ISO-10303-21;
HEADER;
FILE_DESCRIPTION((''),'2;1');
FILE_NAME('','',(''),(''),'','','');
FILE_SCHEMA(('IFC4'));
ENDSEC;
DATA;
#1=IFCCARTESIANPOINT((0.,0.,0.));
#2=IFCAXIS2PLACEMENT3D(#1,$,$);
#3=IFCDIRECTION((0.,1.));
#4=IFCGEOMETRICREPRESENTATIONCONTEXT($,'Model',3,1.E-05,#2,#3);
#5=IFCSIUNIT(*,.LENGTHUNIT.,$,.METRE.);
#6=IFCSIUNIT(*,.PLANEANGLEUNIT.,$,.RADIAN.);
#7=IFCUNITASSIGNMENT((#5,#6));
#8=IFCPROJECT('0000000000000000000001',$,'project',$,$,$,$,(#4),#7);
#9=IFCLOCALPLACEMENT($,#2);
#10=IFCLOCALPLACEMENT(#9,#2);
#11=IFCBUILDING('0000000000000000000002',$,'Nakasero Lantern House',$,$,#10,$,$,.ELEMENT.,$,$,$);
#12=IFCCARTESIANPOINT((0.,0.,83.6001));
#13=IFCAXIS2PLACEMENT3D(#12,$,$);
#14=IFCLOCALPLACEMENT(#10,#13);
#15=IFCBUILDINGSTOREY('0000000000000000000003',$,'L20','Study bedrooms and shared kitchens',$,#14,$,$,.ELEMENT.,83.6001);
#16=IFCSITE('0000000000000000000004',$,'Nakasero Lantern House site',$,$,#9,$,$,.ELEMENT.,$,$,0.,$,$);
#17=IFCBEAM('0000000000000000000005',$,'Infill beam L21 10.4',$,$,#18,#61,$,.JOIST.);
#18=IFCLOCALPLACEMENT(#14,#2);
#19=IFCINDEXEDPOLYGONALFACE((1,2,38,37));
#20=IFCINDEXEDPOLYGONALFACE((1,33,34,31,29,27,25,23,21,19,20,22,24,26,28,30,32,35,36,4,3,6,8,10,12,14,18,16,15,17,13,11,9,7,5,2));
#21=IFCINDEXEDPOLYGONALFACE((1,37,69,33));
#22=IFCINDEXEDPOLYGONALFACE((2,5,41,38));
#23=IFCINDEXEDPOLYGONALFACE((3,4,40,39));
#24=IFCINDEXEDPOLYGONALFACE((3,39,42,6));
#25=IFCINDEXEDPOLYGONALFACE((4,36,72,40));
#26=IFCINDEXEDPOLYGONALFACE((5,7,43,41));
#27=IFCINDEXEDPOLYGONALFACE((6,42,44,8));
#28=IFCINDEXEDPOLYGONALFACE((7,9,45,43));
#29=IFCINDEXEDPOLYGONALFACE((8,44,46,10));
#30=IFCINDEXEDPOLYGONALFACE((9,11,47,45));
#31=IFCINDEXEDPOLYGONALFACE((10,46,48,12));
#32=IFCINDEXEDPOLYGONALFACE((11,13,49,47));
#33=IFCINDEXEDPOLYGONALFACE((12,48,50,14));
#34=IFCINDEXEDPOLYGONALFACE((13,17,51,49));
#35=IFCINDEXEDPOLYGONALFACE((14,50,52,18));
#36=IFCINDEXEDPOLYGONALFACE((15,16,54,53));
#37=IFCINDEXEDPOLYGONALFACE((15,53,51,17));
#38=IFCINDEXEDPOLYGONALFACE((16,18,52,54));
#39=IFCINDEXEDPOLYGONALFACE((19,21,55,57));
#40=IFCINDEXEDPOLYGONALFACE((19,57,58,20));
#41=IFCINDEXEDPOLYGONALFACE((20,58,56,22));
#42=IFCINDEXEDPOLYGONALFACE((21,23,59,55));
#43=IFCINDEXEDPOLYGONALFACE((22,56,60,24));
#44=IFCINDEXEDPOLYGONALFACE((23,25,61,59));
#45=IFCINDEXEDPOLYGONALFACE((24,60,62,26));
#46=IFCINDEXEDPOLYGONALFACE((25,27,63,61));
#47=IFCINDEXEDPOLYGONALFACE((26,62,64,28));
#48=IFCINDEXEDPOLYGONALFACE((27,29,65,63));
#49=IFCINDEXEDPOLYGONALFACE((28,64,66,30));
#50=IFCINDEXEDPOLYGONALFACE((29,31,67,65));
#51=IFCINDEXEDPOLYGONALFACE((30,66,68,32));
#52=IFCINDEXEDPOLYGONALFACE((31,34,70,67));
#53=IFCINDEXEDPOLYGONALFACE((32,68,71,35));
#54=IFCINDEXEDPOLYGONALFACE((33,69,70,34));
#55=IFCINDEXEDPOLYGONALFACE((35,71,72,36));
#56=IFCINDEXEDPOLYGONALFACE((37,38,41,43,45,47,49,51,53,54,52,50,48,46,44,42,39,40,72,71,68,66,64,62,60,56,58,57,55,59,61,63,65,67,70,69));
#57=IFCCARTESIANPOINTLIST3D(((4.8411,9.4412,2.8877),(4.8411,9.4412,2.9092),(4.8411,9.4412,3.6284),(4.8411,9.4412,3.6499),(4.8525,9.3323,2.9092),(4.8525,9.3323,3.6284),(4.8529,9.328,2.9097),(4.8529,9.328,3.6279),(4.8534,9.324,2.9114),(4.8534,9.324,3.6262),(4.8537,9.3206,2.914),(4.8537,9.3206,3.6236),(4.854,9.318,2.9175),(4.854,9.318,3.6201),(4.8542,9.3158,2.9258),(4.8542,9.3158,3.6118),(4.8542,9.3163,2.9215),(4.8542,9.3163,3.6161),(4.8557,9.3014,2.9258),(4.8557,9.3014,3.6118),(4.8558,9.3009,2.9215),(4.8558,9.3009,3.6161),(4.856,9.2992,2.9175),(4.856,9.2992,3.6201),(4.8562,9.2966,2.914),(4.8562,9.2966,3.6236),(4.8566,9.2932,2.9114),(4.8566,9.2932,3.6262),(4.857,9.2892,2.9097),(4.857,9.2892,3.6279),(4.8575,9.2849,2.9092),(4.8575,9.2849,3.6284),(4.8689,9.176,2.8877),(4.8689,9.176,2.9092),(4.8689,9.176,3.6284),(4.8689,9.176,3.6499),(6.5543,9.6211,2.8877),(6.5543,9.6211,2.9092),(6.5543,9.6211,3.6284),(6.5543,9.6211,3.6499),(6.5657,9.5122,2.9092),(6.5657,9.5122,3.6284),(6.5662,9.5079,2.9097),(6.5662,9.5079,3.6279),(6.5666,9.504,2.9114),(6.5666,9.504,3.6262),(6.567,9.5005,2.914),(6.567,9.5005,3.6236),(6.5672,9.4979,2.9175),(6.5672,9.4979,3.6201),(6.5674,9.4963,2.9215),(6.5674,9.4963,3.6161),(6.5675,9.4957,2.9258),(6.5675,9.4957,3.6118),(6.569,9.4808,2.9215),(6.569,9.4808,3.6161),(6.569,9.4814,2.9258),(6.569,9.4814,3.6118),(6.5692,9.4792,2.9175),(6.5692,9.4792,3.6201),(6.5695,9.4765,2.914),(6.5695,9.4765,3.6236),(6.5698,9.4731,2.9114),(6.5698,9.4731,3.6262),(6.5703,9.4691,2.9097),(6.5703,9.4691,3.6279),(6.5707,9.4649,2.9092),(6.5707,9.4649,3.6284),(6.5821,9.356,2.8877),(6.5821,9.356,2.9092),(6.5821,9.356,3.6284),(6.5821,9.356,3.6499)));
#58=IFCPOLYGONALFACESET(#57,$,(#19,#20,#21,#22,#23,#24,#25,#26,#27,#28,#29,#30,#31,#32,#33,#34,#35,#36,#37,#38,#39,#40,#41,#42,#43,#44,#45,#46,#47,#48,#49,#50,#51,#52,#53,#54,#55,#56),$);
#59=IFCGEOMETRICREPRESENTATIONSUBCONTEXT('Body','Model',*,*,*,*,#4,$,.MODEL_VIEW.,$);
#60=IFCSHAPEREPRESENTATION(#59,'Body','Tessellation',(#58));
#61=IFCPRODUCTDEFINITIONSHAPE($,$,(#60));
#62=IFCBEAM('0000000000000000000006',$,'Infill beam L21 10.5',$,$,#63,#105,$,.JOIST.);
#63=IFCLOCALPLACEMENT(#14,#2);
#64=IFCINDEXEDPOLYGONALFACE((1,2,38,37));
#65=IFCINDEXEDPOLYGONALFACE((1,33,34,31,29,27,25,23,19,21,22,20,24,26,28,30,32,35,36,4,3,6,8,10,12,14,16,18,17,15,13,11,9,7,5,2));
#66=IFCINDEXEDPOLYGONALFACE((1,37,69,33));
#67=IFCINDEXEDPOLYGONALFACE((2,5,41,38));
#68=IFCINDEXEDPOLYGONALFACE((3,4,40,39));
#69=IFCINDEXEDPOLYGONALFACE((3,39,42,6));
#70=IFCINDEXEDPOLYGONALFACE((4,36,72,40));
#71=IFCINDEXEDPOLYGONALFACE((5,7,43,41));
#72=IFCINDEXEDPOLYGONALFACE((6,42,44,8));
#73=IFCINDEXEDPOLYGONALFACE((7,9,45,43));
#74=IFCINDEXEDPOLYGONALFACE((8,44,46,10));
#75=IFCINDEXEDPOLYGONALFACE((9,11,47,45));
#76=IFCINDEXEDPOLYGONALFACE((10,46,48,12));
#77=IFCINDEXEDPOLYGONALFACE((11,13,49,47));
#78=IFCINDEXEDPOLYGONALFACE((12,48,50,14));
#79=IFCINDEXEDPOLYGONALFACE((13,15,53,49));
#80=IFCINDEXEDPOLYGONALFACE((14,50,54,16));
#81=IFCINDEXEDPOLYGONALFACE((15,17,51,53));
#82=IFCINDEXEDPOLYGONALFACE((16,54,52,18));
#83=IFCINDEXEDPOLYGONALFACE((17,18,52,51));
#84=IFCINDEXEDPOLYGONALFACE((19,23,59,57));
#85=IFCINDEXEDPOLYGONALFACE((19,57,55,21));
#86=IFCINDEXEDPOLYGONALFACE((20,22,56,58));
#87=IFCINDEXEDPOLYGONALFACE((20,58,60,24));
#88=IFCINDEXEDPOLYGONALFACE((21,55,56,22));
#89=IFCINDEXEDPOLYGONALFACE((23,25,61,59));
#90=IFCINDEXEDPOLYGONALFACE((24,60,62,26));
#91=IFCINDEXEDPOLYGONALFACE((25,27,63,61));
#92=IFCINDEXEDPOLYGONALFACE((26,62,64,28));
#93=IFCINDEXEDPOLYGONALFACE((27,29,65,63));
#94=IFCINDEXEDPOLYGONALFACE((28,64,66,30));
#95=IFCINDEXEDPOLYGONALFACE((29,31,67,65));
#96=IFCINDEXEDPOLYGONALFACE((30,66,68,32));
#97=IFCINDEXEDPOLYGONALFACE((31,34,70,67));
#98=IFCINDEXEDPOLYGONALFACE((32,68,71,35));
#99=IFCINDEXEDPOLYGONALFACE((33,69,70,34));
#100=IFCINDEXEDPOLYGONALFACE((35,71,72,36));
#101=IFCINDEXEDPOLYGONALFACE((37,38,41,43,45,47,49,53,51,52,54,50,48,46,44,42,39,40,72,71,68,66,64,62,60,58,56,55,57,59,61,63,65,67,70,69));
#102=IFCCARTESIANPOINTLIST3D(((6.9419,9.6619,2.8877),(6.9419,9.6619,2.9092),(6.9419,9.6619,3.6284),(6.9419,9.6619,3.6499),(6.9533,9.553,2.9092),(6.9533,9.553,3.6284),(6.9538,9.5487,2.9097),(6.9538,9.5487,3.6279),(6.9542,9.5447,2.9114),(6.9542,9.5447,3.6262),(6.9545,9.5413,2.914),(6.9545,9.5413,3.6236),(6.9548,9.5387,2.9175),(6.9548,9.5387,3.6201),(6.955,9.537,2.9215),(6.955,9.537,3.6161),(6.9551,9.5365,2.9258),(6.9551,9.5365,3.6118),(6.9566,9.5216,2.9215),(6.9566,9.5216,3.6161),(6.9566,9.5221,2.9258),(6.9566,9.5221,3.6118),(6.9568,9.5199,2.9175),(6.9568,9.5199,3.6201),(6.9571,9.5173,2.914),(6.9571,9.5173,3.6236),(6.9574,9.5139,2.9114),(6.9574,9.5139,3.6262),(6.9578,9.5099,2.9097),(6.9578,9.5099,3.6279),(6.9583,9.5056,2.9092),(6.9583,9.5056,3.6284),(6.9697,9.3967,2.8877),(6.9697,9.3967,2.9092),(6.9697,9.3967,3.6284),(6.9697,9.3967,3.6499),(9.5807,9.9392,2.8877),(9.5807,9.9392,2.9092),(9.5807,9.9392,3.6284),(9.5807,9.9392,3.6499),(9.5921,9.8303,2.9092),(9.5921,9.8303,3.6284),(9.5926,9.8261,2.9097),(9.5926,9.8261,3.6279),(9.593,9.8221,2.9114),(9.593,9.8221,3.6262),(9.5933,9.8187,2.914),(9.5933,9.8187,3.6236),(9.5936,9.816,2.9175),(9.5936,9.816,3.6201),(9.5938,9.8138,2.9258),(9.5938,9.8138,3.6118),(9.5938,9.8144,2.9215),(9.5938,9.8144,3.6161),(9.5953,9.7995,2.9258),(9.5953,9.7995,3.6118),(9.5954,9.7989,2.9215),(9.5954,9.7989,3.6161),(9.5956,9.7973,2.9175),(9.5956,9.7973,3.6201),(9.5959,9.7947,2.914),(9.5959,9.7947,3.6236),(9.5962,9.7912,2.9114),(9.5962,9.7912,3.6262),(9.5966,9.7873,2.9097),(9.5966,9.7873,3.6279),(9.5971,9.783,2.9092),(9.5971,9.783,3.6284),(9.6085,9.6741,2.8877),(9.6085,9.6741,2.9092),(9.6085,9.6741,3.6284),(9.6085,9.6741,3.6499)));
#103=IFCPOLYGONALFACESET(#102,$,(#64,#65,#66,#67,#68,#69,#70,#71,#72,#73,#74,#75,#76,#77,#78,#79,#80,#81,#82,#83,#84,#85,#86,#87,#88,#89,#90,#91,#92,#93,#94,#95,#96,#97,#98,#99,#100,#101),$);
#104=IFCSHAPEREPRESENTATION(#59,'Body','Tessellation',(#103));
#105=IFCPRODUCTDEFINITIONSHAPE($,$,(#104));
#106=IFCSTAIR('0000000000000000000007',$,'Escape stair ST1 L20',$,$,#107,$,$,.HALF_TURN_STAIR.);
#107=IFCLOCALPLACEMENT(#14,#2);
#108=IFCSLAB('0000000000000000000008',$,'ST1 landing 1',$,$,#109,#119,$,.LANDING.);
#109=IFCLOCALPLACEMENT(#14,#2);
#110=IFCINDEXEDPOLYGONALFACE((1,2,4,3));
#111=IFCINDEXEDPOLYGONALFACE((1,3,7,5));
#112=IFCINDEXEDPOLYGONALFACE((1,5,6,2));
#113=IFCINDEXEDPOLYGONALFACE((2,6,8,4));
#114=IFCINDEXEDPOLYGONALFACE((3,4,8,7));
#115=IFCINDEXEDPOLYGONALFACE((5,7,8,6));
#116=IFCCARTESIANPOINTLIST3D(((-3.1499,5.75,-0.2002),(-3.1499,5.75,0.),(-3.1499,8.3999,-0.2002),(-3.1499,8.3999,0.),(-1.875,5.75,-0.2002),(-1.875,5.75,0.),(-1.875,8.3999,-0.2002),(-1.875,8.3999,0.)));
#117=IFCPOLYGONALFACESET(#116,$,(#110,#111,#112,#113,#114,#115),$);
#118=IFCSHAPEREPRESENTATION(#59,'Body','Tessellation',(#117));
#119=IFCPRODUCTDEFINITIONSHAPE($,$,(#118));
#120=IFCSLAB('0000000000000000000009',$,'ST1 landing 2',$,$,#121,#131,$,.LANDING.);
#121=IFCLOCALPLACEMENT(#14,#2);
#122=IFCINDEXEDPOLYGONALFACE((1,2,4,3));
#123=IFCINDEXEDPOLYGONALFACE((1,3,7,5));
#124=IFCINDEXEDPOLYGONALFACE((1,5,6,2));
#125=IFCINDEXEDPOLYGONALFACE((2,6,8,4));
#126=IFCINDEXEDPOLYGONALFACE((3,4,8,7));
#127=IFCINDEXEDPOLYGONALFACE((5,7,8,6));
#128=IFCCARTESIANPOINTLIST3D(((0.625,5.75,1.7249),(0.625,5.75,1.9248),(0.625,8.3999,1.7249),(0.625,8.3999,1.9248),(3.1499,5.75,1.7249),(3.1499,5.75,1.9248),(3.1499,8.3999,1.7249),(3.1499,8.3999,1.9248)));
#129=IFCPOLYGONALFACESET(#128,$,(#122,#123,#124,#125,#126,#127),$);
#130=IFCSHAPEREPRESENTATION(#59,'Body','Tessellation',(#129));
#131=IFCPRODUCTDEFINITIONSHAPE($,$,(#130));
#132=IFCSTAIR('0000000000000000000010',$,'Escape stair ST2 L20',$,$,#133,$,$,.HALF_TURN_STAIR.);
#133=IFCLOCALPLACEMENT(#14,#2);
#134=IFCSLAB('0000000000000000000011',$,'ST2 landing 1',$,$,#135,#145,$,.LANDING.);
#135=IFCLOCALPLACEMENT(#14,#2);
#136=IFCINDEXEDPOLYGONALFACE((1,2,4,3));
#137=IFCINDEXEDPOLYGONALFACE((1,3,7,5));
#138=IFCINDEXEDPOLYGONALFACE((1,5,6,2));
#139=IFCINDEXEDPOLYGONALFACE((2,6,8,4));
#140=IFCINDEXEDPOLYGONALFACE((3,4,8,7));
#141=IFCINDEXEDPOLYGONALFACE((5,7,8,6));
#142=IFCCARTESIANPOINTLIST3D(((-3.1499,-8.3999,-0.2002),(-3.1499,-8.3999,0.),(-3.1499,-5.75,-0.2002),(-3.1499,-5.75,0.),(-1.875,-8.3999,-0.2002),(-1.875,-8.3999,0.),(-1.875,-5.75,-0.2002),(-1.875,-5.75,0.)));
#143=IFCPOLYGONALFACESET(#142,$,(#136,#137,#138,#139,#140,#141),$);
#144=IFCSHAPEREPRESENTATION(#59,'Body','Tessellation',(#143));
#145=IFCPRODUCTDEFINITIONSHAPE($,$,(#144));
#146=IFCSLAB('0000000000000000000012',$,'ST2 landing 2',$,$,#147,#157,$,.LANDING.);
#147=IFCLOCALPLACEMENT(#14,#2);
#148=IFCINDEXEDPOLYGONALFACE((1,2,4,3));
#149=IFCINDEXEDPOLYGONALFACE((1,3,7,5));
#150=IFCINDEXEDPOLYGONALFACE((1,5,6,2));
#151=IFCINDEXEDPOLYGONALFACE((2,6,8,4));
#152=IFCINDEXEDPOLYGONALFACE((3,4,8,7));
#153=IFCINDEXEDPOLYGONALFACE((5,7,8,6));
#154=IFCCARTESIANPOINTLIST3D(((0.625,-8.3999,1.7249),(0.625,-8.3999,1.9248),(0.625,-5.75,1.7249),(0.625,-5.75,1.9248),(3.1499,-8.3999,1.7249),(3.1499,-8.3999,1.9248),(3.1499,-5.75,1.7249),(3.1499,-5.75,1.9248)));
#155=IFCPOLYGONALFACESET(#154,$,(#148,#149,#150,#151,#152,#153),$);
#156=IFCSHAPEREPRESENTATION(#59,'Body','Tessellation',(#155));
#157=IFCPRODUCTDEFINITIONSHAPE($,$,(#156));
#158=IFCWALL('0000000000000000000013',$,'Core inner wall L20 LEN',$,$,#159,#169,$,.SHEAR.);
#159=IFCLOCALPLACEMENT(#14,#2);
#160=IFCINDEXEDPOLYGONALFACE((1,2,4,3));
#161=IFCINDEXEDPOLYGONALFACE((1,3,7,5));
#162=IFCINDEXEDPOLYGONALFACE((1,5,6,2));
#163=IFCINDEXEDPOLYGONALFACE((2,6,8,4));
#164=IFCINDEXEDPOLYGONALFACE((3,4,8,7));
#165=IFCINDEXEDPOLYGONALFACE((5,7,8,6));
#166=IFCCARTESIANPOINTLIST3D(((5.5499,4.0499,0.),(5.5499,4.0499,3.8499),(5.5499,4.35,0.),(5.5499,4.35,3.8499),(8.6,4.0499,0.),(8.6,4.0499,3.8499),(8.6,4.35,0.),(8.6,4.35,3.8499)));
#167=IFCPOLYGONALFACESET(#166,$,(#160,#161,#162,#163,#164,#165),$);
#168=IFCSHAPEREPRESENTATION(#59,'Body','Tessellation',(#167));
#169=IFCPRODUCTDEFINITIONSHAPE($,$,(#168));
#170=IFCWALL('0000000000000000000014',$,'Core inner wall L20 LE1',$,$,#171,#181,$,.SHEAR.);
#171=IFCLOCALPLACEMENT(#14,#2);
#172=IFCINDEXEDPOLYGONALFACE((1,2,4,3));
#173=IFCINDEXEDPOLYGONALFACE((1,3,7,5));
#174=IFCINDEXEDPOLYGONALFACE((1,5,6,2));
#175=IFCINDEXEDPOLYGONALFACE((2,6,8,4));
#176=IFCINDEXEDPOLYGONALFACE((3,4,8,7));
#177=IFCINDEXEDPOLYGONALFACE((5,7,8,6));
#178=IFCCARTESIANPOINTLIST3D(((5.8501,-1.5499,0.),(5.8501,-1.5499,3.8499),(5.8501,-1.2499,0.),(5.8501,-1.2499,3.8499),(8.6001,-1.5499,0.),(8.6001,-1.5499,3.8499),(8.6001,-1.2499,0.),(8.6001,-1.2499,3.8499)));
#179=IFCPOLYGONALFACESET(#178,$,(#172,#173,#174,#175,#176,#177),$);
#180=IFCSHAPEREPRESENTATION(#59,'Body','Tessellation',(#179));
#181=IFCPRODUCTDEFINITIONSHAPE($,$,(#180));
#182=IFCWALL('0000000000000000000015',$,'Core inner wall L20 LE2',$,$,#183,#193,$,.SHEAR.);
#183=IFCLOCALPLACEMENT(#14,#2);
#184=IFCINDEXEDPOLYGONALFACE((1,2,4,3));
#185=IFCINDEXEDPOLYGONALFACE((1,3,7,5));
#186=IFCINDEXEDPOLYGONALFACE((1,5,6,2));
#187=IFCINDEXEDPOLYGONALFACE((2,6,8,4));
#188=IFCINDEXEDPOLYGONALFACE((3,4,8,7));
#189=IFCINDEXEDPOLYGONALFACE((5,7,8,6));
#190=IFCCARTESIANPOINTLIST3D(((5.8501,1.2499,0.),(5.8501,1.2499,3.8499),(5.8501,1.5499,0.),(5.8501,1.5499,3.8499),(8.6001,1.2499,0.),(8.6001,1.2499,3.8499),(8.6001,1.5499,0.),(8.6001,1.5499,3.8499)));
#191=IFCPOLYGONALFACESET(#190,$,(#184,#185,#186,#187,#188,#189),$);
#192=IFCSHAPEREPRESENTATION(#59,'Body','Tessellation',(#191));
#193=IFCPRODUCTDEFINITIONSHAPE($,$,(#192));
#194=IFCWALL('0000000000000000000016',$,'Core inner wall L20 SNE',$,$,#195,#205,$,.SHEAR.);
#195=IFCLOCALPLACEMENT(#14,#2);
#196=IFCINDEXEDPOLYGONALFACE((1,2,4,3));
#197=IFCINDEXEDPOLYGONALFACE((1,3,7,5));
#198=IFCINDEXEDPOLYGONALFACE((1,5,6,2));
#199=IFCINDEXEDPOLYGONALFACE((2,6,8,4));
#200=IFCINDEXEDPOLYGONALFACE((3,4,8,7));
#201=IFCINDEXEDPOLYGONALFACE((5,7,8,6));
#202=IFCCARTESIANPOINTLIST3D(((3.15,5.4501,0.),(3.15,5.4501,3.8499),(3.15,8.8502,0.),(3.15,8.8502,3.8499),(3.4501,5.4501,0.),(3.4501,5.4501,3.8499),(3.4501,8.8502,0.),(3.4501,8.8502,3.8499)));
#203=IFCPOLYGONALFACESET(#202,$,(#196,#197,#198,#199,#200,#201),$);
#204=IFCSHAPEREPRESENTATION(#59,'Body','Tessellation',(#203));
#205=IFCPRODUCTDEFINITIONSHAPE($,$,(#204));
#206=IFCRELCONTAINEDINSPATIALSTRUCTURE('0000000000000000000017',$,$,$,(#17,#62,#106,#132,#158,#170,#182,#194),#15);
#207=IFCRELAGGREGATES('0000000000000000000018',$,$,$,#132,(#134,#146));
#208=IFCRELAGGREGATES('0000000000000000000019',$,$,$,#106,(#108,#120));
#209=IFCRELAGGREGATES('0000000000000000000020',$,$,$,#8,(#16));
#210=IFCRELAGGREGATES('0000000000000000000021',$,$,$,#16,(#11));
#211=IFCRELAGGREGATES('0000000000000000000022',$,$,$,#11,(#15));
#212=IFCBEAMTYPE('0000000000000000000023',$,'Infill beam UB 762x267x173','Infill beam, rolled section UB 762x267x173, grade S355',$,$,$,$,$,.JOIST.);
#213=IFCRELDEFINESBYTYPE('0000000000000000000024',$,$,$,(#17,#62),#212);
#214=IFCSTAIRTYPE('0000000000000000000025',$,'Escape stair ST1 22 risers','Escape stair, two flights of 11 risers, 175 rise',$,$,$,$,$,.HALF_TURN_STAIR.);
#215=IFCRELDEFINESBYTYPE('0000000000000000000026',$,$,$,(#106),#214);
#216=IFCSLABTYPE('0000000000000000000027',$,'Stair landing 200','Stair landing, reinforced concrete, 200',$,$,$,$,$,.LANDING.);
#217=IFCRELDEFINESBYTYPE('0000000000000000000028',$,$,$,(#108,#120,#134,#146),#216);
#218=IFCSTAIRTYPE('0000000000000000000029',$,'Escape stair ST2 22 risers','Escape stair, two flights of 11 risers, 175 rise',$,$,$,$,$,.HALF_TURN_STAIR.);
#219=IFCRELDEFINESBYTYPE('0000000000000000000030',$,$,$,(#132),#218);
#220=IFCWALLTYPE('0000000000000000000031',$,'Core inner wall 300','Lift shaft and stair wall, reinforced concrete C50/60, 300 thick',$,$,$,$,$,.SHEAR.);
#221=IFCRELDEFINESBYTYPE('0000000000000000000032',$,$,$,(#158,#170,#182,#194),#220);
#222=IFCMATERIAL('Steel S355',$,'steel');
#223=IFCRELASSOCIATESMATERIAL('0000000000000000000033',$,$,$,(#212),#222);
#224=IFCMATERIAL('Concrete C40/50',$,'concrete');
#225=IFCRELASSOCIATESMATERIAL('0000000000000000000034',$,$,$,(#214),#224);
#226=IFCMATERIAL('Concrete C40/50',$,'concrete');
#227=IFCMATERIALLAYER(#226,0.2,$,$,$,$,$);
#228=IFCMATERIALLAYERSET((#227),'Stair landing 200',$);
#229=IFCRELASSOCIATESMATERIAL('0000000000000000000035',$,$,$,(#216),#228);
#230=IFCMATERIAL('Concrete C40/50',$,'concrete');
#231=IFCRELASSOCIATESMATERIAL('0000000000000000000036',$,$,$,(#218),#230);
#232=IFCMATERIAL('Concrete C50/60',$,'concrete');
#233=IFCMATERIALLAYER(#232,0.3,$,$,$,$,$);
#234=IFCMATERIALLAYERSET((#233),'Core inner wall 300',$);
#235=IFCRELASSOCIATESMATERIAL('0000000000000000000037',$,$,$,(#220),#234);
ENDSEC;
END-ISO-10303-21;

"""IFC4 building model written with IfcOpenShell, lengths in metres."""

from ifc_helpers import new_model, si_unit, direction, frame, frame_2d, origin, origin_2d, place, context, subcontext, project, spatial, polyline, rectangle, i_section, outline, extrude, material, layer, layer_set, material_profile, profile_set, type_object, element, aggregate, save


model = new_model("IFC4")

# Units and contexts
model_context = context("Model", 3, precision=1e-05, world=origin(), true_north=direction((0.0, 1.0)))
body_context = subcontext(model_context, "Body", "Model", "MODEL_VIEW")
ifc_project = project(units=[si_unit("LENGTHUNIT", "METRE"), si_unit("PLANEANGLEUNIT", "RADIAN")], contexts=[model_context])

# Site, building, storey
site_placement = place(None, origin())
site = spatial("IfcSite", under=ifc_project, at=site_placement, Name="Nakasero Lantern House site", CompositionType="ELEMENT", RefElevation=0.0)
building_placement = place(site_placement, origin())
building = spatial("IfcBuilding", under=site, at=building_placement, Name="Nakasero Lantern House", CompositionType="ELEMENT")
storey_placement = place(building_placement, frame((0.0, 0.0, 83.6001)))
storey = spatial("IfcBuildingStorey", under=building, at=storey_placement, Name="L20", Description="Study bedrooms and shared kitchens", CompositionType="ELEMENT", Elevation=83.6001)

# Beams
ifc_material_1 = material(Name="Steel S355", Category="steel")
ifc_material_profile = material_profile(ifc_material_1, i_section(OverallWidth=0.2666, OverallDepth=0.7622, WebThickness=0.0144, FlangeThickness=0.0215, FilletRadius=0.0166, at=origin_2d()), Name="UB 762x267x173")
ifc_profile_set = profile_set([ifc_material_profile], Name="Steel S355")
beam_type = type_object("IfcBeamType", Name="Infill beam UB 762x267x173", Description="Infill beam, rolled section UB 762x267x173, grade S355", PredefinedType="JOIST", material=ifc_profile_set)
beam_1_placement = place(storey_placement, frame((4.855, 9.3086, 3.2688), z_axis=(0.99453, 0.104456, 0.0), x_axis=(-0.104456, 0.99453, 0.0)))
element("IfcBeam", 1, at=beam_1_placement, inside=storey, type_object=beam_type, Name="Infill beam L21 10.4", PredefinedType="JOIST", context=body_context, shape_type="SweptSolid", body=[
    extrude(i_section(OverallWidth=0.2666, OverallDepth=0.7622, WebThickness=0.0144, FlangeThickness=0.0215, FilletRadius=0.0166, at=origin_2d()), origin(), (0.0, 0.0, 1.0), 1.7227),
])
beam_2_placement = place(storey_placement, frame((6.9558, 9.5293, 3.2688), z_axis=(0.994522, 0.104532, 0.0), x_axis=(-0.104532, 0.994522, 0.0)))
element("IfcBeam", 2, at=beam_2_placement, inside=storey, type_object=beam_type, Name="Infill beam L21 10.5", PredefinedType="JOIST", context=body_context, shape_type="SweptSolid", body=[
    extrude(i_section(OverallWidth=0.2666, OverallDepth=0.7622, WebThickness=0.0144, FlangeThickness=0.0215, FilletRadius=0.0166, at=origin_2d()), origin(), (0.0, 0.0, 1.0), 2.6533),
])

# Stairs, slabs
ifc_material_2 = material(Name="Concrete C40/50", Category="concrete")
stair_type_1 = type_object("IfcStairType", Name="Escape stair ST1 22 risers", Description="Escape stair, two flights of 11 risers, 175 rise", PredefinedType="HALF_TURN_STAIR", material=ifc_material_2)
stair_1_placement = place(storey_placement, origin())
stair_1 = element("IfcStair", 3, at=stair_1_placement, inside=storey, type_object=stair_type_1, Name="Escape stair ST1 L20", PredefinedType="HALF_TURN_STAIR")
ifc_material_3 = material(Name="Concrete C40/50", Category="concrete")
ifc_layer_1 = layer(ifc_material_3, 0.2)
ifc_layer_set_1 = layer_set([ifc_layer_1], Name="Stair landing 200")
slab_type = type_object("IfcSlabType", Name="Stair landing 200", Description="Stair landing, reinforced concrete, 200", PredefinedType="LANDING", material=ifc_layer_set_1)
slab_1_placement = place(storey_placement, frame((0.0, 0.0, -0.2002)))
slab_1 = element("IfcSlab", 4, at=slab_1_placement, type_object=slab_type, Name="ST1 landing 1", PredefinedType="LANDING", context=body_context, shape_type="SweptSolid", body=[
    extrude(outline(polyline([(-3.1499, 5.75), (-1.875, 5.75), (-1.875, 8.3999), (-3.1499, 8.3999), (-3.1499, 5.75)])), origin(), (0.0, 0.0, 1.0), 0.2002),
])
slab_2_placement = place(storey_placement, frame((0.0, 0.0, 1.7249)))
slab_2 = element("IfcSlab", 5, at=slab_2_placement, type_object=slab_type, Name="ST1 landing 2", PredefinedType="LANDING", context=body_context, shape_type="SweptSolid", body=[
    extrude(outline(polyline([(0.625, 5.75), (3.1499, 5.75), (3.1499, 8.3999), (0.625, 8.3999), (0.625, 5.75)])), origin(), (0.0, 0.0, 1.0), 0.2),
])
ifc_material_4 = material(Name="Concrete C40/50", Category="concrete")
stair_type_2 = type_object("IfcStairType", Name="Escape stair ST2 22 risers", Description="Escape stair, two flights of 11 risers, 175 rise", PredefinedType="HALF_TURN_STAIR", material=ifc_material_4)
stair_2_placement = place(storey_placement, origin())
stair_2 = element("IfcStair", 6, at=stair_2_placement, inside=storey, type_object=stair_type_2, Name="Escape stair ST2 L20", PredefinedType="HALF_TURN_STAIR")
slab_3_placement = place(storey_placement, frame((0.0, 0.0, -0.2002)))
slab_3 = element("IfcSlab", 7, at=slab_3_placement, type_object=slab_type, Name="ST2 landing 1", PredefinedType="LANDING", context=body_context, shape_type="SweptSolid", body=[
    extrude(outline(polyline([(-3.1499, -8.3999), (-1.875, -8.3999), (-1.875, -5.75), (-3.1499, -5.75), (-3.1499, -8.3999)])), origin(), (0.0, 0.0, 1.0), 0.2002),
])
slab_4_placement = place(storey_placement, frame((0.0, 0.0, 1.7249)))
slab_4 = element("IfcSlab", 8, at=slab_4_placement, type_object=slab_type, Name="ST2 landing 2", PredefinedType="LANDING", context=body_context, shape_type="SweptSolid", body=[
    extrude(outline(polyline([(0.625, -8.3999), (3.1499, -8.3999), (3.1499, -5.75), (0.625, -5.75), (0.625, -8.3999)])), origin(), (0.0, 0.0, 1.0), 0.2),
])
aggregate(stair_2, [slab_3, slab_4])

# Walls
ifc_material_5 = material(Name="Concrete C50/60", Category="concrete")
ifc_layer_2 = layer(ifc_material_5, 0.3)
ifc_layer_set_2 = layer_set([ifc_layer_2], Name="Core inner wall 300")
wall_type_1 = type_object("IfcWallType", Name="Core inner wall 300", Description="Lift shaft and stair wall, reinforced concrete C50/60, 300 thick", PredefinedType="SHEAR", material=ifc_layer_set_2)
wall_1_placement = place(storey_placement, frame((5.55, 4.2, 0.0), z_axis=(0.0, 0.0, 1.0), x_axis=(1.0, 0.0, 0.0)))
element("IfcWall", 9, at=wall_1_placement, inside=storey, type_object=wall_type_1, Name="Core inner wall L20 LEN", PredefinedType="SHEAR", context=body_context, shape_type="SweptSolid", body=[
    extrude(rectangle(XDim=3.05, YDim=0.3, at=frame_2d((1.5249, 0.0))), origin(), (0.0, 0.0, 1.0), 3.8499),
])
for number, where, z_axis, x_axis, name in (
    (10, (5.8501, -1.3999, 0.0), (0.0, 0.0, 1.0), (1.0, 0.0, 0.0), "Core inner wall L20 LE1"),
    (11, (5.8501, 1.3999, 0.0), (0.0, 0.0, 1.0), (1.0, 0.0, 0.0), "Core inner wall L20 LE2"),
):
    element("IfcWall", number, at=place(storey_placement, frame(where, z_axis=z_axis, x_axis=x_axis)), inside=storey, type_object=wall_type_1, Name=name, PredefinedType="SHEAR", context=body_context, shape_type="SweptSolid", body=[
        extrude(rectangle(XDim=2.75, YDim=0.3, at=frame_2d((1.375, 0.0))), origin(), (0.0, 0.0, 1.0), 3.8499),
    ])
wall_2_placement = place(storey_placement, frame((3.3, 5.45, 0.0), z_axis=(0.0, 0.0, 1.0), x_axis=(0.0, 1.0, 0.0)))
element("IfcWall", 12, at=wall_2_placement, inside=storey, type_object=wall_type_1, Name="Core inner wall L20 SNE", PredefinedType="SHEAR", context=body_context, shape_type="SweptSolid", body=[
    extrude(rectangle(XDim=3.4001, YDim=0.3, at=frame_2d((1.7002, 0.0))), origin(), (0.0, 0.0, 1.0), 3.8499),
])

aggregate(stair_1, [slab_1, slab_2])

save(model, "model.ifc")
